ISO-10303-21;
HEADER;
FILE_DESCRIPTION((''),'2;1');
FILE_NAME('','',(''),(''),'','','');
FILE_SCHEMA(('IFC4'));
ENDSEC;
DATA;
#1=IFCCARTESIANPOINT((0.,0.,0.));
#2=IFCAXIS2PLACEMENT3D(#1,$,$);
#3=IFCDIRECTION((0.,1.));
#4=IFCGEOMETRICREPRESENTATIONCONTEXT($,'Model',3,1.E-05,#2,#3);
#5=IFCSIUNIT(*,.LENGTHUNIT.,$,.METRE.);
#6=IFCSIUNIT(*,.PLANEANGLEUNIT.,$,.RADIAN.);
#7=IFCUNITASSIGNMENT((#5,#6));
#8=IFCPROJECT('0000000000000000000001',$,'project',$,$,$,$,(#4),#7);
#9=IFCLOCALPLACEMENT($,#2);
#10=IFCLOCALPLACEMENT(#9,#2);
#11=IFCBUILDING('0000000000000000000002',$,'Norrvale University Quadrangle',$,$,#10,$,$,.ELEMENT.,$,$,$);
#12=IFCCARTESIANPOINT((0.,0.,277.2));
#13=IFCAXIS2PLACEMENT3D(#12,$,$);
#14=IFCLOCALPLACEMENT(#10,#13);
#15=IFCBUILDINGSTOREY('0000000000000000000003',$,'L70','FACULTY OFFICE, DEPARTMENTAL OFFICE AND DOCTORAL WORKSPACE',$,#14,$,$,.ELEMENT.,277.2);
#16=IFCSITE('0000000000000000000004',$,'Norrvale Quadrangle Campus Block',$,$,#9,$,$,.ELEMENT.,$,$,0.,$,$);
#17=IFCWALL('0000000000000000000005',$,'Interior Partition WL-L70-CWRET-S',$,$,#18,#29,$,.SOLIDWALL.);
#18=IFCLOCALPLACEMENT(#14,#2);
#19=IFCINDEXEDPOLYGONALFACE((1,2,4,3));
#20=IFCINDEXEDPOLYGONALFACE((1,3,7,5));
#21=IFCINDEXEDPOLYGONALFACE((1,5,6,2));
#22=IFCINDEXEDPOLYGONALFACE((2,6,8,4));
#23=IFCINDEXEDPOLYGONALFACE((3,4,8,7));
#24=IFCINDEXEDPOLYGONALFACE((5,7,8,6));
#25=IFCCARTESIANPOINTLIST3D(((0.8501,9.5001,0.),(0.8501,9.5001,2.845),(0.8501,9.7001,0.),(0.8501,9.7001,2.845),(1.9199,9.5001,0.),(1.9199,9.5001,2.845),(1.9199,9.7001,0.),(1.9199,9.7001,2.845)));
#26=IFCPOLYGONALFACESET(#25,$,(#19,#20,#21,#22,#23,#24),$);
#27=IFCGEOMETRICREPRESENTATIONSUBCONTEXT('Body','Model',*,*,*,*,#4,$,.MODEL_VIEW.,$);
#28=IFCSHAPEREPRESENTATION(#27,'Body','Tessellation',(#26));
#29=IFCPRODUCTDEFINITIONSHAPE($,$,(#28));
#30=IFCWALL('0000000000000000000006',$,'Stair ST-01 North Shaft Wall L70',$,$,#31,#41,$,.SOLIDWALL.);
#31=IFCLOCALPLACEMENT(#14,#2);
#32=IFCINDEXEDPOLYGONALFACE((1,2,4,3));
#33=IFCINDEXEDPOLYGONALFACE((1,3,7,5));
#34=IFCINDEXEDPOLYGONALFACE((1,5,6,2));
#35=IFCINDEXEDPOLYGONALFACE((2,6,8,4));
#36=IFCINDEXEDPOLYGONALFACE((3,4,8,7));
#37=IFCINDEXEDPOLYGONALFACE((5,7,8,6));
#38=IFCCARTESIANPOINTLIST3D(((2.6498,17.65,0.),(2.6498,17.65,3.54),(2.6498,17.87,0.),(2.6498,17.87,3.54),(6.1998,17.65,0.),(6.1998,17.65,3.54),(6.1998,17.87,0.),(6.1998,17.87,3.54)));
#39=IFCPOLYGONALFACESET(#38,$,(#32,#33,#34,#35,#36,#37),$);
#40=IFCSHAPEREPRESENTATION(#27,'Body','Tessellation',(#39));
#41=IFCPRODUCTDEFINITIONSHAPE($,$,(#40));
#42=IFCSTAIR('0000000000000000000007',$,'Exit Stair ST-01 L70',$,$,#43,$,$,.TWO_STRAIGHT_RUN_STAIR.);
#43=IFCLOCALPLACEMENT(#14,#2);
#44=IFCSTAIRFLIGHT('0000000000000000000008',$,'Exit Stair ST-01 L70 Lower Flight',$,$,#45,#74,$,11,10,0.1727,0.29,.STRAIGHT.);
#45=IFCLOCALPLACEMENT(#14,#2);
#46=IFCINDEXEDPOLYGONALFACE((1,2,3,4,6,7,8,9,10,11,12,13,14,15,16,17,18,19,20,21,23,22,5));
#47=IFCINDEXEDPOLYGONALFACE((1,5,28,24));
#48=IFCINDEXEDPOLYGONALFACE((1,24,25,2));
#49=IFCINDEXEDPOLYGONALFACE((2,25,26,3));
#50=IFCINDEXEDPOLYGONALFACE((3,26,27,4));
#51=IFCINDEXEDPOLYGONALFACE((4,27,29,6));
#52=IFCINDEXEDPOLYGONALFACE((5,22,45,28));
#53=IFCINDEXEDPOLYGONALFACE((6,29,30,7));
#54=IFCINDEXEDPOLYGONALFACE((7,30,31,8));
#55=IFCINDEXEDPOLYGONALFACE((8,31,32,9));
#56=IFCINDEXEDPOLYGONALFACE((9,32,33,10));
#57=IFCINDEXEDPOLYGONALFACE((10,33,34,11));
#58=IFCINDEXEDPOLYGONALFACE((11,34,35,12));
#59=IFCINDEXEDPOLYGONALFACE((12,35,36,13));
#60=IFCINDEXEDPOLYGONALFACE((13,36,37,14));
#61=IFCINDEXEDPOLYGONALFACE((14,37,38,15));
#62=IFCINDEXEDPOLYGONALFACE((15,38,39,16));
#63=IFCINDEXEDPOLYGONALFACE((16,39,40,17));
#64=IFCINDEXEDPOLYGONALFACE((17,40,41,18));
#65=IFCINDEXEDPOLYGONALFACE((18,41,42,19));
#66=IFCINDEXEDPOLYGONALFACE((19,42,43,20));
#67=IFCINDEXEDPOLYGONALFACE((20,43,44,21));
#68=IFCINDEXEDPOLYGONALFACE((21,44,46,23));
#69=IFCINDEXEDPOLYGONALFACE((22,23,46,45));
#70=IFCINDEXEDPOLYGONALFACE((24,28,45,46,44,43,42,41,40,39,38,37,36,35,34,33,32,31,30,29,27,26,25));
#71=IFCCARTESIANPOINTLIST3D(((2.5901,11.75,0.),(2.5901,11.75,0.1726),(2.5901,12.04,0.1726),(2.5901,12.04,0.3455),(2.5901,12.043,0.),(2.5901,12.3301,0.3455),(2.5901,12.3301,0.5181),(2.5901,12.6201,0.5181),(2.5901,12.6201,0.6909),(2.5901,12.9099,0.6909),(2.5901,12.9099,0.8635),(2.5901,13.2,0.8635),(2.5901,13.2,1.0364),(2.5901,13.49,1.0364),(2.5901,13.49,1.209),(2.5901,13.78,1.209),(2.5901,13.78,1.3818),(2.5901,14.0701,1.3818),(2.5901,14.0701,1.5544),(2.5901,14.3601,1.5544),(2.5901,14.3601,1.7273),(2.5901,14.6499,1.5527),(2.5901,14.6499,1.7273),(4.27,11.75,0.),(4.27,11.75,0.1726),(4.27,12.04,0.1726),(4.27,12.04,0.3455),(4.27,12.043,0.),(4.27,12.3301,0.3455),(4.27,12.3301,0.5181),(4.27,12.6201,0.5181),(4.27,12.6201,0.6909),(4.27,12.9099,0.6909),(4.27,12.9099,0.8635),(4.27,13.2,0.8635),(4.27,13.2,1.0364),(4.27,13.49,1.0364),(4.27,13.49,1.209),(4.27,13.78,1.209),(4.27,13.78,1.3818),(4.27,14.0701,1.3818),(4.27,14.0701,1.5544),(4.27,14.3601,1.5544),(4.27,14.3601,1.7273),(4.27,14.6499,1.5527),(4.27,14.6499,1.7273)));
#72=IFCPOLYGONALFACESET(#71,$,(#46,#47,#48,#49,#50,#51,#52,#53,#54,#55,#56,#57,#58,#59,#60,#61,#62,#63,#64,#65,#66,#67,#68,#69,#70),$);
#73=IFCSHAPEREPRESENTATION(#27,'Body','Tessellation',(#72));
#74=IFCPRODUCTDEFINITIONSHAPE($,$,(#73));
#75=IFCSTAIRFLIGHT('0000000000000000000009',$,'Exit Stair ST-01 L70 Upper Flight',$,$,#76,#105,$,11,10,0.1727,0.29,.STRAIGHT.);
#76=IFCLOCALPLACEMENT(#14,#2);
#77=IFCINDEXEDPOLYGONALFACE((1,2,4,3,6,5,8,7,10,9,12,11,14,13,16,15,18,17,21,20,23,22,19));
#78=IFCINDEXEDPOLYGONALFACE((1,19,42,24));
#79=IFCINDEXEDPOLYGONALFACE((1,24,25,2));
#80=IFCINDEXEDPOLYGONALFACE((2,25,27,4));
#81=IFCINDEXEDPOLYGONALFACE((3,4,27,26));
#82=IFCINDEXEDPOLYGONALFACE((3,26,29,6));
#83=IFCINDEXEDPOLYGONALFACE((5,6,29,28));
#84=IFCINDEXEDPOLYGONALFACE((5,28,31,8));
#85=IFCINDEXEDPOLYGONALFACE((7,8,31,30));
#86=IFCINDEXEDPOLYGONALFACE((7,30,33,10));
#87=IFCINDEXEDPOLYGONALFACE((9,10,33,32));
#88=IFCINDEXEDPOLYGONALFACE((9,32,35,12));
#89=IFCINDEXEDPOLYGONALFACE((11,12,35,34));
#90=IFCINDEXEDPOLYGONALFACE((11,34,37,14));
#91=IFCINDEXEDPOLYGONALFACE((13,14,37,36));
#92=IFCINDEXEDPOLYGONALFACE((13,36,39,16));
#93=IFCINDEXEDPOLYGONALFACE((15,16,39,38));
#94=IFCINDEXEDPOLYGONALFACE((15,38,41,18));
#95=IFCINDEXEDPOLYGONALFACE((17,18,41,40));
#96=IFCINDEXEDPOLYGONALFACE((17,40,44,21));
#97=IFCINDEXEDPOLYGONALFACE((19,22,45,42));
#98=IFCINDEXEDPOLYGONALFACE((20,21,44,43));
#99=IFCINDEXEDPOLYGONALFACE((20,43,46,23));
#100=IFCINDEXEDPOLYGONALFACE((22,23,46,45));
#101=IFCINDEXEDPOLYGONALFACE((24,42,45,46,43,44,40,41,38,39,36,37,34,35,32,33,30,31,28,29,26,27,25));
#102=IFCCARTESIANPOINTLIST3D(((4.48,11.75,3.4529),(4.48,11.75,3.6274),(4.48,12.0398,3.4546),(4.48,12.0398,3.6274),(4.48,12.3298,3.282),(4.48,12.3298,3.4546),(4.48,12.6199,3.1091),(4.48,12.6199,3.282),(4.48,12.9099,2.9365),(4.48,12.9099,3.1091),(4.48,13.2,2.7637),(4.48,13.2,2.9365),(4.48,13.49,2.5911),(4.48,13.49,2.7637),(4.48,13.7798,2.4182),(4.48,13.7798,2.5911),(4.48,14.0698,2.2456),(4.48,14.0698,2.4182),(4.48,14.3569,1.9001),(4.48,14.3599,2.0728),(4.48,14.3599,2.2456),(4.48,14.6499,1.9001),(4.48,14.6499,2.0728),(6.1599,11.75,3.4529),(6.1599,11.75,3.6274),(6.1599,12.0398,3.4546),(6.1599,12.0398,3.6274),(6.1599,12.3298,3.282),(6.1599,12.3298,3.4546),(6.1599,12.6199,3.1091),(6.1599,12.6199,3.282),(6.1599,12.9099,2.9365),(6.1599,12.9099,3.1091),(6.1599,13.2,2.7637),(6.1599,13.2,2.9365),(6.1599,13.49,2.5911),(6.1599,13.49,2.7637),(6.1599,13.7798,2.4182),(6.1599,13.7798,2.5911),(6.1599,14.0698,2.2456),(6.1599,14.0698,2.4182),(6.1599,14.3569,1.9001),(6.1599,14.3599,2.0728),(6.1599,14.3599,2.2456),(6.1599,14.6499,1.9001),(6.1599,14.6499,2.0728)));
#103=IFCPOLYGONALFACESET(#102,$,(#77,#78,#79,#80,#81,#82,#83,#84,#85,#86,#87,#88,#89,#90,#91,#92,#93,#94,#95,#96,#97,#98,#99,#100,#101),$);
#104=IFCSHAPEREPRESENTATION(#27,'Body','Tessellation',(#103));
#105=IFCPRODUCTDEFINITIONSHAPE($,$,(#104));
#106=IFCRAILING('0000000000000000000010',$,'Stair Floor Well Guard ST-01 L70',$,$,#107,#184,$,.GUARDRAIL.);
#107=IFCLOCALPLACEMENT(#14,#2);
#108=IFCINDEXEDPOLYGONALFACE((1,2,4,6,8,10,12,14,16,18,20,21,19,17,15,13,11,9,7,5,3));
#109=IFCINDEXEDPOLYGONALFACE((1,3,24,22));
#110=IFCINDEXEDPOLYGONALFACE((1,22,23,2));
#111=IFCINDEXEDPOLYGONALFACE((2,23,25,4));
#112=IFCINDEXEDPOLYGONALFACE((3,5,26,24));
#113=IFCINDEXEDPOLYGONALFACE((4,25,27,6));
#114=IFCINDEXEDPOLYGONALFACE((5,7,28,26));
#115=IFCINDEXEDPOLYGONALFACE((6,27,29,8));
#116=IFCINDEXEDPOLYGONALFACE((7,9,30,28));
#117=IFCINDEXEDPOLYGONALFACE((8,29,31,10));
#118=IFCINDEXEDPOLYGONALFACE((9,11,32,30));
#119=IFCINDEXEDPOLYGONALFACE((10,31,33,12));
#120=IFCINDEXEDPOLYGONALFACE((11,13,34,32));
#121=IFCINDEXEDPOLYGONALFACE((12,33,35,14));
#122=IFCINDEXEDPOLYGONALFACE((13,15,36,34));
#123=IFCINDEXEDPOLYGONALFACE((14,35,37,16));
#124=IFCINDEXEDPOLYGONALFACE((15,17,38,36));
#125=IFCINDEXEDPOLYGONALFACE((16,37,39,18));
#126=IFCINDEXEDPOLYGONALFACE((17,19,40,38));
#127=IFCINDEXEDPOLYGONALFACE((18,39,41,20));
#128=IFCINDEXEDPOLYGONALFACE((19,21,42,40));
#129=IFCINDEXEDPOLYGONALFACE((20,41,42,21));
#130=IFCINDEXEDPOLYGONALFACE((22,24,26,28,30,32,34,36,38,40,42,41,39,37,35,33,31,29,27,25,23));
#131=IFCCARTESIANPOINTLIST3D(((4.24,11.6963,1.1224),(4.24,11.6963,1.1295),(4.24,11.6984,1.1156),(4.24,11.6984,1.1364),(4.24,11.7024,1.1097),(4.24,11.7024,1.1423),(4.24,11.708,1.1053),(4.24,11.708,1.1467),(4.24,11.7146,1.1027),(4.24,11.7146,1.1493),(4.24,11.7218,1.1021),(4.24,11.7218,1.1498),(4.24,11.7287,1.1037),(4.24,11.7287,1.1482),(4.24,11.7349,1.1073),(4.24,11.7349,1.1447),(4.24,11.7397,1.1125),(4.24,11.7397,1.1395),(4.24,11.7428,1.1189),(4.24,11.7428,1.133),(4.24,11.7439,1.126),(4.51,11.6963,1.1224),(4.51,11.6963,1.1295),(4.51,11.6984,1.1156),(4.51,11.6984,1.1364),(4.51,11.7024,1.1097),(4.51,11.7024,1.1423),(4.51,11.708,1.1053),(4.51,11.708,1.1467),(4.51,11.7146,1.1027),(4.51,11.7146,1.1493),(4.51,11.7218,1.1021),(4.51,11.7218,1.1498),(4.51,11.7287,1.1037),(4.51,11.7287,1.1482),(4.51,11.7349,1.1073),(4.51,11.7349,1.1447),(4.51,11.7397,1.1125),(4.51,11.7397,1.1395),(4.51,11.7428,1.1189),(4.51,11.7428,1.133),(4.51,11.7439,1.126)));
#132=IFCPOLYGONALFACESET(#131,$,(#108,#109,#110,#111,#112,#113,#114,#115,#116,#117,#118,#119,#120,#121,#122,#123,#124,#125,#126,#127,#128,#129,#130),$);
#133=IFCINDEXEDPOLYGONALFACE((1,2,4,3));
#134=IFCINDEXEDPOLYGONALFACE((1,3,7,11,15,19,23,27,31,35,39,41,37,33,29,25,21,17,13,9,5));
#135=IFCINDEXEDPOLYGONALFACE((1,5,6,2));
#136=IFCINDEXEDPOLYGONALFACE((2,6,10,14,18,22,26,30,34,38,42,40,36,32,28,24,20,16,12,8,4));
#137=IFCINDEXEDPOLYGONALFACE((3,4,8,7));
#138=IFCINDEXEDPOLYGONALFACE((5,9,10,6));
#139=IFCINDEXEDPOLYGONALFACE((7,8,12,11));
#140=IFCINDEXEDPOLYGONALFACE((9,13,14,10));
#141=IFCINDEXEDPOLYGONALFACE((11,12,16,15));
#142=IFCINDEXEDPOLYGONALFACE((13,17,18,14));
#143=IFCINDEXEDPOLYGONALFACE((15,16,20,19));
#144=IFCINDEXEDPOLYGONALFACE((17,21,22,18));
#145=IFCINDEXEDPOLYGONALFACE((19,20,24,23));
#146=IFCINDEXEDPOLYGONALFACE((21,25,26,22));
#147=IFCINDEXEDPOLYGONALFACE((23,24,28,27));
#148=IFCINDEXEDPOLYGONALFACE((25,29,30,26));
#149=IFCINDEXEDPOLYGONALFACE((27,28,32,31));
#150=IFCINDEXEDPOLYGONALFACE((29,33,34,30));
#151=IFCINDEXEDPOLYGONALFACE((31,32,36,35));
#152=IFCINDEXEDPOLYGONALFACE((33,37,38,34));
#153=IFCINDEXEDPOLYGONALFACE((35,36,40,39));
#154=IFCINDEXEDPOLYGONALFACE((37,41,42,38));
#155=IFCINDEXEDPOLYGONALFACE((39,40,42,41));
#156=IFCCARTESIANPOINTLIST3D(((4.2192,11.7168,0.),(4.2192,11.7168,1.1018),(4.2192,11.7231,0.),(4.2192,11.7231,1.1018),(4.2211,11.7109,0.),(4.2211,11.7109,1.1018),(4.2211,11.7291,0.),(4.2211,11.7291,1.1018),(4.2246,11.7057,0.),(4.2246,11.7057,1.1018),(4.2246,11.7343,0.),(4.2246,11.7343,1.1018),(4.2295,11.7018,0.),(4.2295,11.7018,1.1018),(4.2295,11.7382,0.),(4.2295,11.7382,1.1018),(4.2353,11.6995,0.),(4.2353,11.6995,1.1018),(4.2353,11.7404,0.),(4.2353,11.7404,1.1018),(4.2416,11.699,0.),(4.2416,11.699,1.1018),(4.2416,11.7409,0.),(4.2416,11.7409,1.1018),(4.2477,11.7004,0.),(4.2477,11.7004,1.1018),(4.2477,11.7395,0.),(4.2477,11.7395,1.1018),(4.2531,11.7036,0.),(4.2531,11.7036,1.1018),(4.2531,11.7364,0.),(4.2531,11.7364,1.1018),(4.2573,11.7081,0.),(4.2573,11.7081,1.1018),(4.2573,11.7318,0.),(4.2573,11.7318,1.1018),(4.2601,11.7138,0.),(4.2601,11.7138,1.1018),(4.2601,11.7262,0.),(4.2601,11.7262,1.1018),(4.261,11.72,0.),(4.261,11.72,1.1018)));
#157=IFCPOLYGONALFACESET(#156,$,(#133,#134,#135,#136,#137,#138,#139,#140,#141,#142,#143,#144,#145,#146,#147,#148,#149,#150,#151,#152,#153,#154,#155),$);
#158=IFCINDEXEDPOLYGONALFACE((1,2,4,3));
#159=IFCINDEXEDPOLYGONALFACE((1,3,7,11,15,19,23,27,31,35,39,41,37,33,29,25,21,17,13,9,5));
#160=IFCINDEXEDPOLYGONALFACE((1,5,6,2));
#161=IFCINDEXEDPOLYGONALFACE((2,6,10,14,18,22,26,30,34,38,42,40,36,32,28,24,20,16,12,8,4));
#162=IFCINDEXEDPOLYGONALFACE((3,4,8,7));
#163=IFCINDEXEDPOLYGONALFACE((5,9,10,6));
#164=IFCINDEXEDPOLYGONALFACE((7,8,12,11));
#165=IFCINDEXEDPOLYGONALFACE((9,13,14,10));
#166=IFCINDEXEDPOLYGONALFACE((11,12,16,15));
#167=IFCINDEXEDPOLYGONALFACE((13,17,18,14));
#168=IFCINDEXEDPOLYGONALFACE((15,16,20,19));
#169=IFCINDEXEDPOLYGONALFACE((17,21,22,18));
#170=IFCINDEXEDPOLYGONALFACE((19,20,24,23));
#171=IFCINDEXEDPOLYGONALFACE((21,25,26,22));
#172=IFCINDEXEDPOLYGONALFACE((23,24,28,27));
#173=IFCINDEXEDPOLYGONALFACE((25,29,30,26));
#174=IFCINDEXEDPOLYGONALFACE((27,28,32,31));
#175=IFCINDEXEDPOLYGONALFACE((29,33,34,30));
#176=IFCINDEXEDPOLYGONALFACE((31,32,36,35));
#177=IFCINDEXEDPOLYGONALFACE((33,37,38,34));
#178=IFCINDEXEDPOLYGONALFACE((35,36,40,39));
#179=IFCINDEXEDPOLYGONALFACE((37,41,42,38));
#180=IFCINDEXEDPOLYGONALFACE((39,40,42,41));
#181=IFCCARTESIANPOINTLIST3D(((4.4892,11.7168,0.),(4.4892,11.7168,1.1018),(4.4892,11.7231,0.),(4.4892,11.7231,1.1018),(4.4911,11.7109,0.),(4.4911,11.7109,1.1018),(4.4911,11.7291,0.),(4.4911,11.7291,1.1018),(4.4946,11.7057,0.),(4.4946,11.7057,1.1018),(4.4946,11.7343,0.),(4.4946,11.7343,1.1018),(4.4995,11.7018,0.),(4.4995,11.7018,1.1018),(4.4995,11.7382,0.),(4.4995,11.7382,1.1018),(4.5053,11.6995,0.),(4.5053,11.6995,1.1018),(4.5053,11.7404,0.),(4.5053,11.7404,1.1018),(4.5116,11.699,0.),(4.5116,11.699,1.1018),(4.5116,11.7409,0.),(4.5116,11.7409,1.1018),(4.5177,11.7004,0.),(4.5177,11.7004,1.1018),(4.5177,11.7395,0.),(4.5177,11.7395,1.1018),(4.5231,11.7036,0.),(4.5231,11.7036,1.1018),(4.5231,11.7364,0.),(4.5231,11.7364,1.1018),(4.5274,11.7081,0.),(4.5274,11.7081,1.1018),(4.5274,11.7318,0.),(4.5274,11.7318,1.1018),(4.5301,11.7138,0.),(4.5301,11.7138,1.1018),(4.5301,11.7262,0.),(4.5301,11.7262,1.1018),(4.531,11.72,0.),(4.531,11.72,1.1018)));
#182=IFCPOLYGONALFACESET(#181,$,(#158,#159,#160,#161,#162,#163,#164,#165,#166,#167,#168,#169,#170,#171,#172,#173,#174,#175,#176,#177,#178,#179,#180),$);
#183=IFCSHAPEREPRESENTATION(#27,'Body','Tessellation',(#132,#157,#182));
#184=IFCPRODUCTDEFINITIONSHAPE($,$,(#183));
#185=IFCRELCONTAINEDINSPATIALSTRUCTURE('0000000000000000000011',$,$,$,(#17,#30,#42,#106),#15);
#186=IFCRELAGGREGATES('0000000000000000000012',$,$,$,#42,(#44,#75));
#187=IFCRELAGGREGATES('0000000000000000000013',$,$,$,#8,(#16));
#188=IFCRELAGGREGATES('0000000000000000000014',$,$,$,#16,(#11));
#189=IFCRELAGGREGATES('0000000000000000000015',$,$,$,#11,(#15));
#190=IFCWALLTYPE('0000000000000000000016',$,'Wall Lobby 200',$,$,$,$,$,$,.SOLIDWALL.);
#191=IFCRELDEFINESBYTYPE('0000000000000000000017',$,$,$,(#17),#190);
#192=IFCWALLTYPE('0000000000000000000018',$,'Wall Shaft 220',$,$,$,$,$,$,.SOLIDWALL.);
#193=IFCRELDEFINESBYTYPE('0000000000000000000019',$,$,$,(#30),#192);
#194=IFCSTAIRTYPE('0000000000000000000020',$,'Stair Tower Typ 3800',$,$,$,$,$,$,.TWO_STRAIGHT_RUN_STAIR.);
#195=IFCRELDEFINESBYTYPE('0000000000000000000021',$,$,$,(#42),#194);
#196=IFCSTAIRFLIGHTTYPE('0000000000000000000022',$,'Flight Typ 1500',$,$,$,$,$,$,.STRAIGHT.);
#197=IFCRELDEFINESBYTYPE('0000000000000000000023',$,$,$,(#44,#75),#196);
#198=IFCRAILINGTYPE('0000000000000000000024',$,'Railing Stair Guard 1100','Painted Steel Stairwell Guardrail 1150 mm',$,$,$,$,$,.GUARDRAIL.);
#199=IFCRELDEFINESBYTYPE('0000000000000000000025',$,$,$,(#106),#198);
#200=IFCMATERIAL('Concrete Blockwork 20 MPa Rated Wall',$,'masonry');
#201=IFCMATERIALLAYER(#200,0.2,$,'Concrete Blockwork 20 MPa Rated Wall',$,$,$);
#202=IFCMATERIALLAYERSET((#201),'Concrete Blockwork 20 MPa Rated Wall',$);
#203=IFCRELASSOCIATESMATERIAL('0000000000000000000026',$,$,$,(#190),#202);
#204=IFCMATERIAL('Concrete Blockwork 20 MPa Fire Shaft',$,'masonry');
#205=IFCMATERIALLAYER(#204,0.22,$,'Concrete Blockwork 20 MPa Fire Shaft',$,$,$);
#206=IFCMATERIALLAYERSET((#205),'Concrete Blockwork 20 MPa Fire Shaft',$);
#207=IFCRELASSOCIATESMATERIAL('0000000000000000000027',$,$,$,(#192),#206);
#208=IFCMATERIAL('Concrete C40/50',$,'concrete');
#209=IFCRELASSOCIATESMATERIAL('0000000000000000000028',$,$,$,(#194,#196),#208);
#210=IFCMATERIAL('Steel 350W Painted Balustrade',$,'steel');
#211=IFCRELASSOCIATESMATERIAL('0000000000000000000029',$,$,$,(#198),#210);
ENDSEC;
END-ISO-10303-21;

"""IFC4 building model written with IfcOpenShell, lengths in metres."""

from ifc_helpers import new_model, si_unit, direction, frame, frame_2d, origin, origin_2d, place, context, subcontext, project, spatial, polyline, rectangle, circle, outline, extrude, material, layer, layer_set, type_object, element, aggregate, save


model = new_model("IFC4")

# Units and contexts
model_context = context("Model", 3, precision=1e-05, world=origin(), true_north=direction((0.0, 1.0)))
body_context = subcontext(model_context, "Body", "Model", "MODEL_VIEW")
ifc_project = project(units=[si_unit("LENGTHUNIT", "METRE"), si_unit("PLANEANGLEUNIT", "RADIAN")], contexts=[model_context])

# Site, building, storey
site_placement = place(None, origin())
site = spatial("IfcSite", under=ifc_project, at=site_placement, Name="Norrvale Quadrangle Campus Block", CompositionType="ELEMENT", RefElevation=0.0)
building_placement = place(site_placement, origin())
building = spatial("IfcBuilding", under=site, at=building_placement, Name="Norrvale University Quadrangle", CompositionType="ELEMENT")
storey_placement = place(building_placement, frame((0.0, 0.0, 277.2)))
storey = spatial("IfcBuildingStorey", under=building, at=storey_placement, Name="L70", Description="FACULTY OFFICE, DEPARTMENTAL OFFICE AND DOCTORAL WORKSPACE", CompositionType="ELEMENT", Elevation=277.2)

# Walls
ifc_material_1 = material(Name="Concrete Blockwork 20 MPa Rated Wall", Category="masonry")
ifc_layer_1 = layer(ifc_material_1, 0.2, Name="Concrete Blockwork 20 MPa Rated Wall")
ifc_layer_set_1 = layer_set([ifc_layer_1], Name="Concrete Blockwork 20 MPa Rated Wall")
wall_type_1 = type_object("IfcWallType", Name="Wall Lobby 200", PredefinedType="SOLIDWALL", material=ifc_layer_set_1)
wall_1_placement = place(storey_placement, frame((0.8501, 9.6001, 0.0), z_axis=(0.0, 0.0, 1.0), x_axis=(1.0, 0.0, 0.0)))
element("IfcWall", 1, at=wall_1_placement, inside=storey, type_object=wall_type_1, Name="Interior Partition WL-L70-CWRET-S", PredefinedType="SOLIDWALL", context=body_context, shape_type="SweptSolid", body=[
    extrude(rectangle(XDim=1.0698, YDim=0.2, at=frame_2d((0.5349, 0.0))), origin(), (0.0, 0.0, 1.0), 2.845),
])
ifc_material_2 = material(Name="Concrete Blockwork 20 MPa Fire Shaft", Category="masonry")
ifc_layer_2 = layer(ifc_material_2, 0.22, Name="Concrete Blockwork 20 MPa Fire Shaft")
ifc_layer_set_2 = layer_set([ifc_layer_2], Name="Concrete Blockwork 20 MPa Fire Shaft")
wall_type_2 = type_object("IfcWallType", Name="Wall Shaft 220", PredefinedType="SOLIDWALL", material=ifc_layer_set_2)
wall_2_placement = place(storey_placement, frame((2.6499, 17.76, 0.0), z_axis=(0.0, 0.0, 1.0), x_axis=(1.0, 0.0, 0.0)))
element("IfcWall", 2, at=wall_2_placement, inside=storey, type_object=wall_type_2, Name="Stair ST-01 North Shaft Wall L70", PredefinedType="SOLIDWALL", context=body_context, shape_type="SweptSolid", body=[
    extrude(rectangle(XDim=3.55, YDim=0.22, at=frame_2d((1.7749, 0.0))), origin(), (0.0, 0.0, 1.0), 3.54),
])

# Stair, stair flights
ifc_material_3 = material(Name="Concrete C40/50", Category="concrete")
stair_type = type_object("IfcStairType", Name="Stair Tower Typ 3800", PredefinedType="TWO_STRAIGHT_RUN_STAIR", material=ifc_material_3)
stair_placement = place(storey_placement, origin())
stair = element("IfcStair", 3, at=stair_placement, inside=storey, type_object=stair_type, Name="Exit Stair ST-01 L70", PredefinedType="TWO_STRAIGHT_RUN_STAIR")
stair_flight_type = type_object("IfcStairFlightType", Name="Flight Typ 1500", PredefinedType="STRAIGHT", material=ifc_material_3)
stair_flight_1_placement = place(storey_placement, frame((3.4299, 11.75, 0.0), z_axis=(0.0, 0.0, 1.0), x_axis=(0.0, 1.0, 0.0)))
stair_flight_1 = element("IfcStairFlight", 4, at=stair_flight_1_placement, type_object=stair_flight_type, Name="Exit Stair ST-01 L70 Lower Flight", NumberOfRisers=11, NumberOfTreads=10, PredefinedType="STRAIGHT", RiserHeight=0.1727, TreadLength=0.29, context=body_context, shape_type="SweptSolid", body=[
    extrude(outline(polyline([(0.0, 0.0), (0.0, 0.1726), (0.29, 0.1726), (0.29, 0.3455), (0.5801, 0.3455), (0.5801, 0.5181), (0.8701, 0.5181), (0.8701, 0.6909), (1.1599, 0.6909), (1.1599, 0.8635), (1.45, 0.8635), (1.45, 1.0364), (1.74, 1.0364), (1.74, 1.209), (2.03, 1.209), (2.03, 1.3818), (2.3201, 1.3818), (2.3201, 1.5544), (2.6101, 1.5544), (2.6101, 1.7273), (2.8999, 1.7273), (2.8999, 1.8999), (2.8999, 1.5527), (0.293, 0.0), (0.0, 0.0)])), frame((0.0, 0.8398, 0.0), z_axis=(0.0, -1.0, 0.0), x_axis=(1.0, 0.0, 0.0)), (0.0, 0.0, 1.0), 1.6799),
])
stair_flight_2_placement = place(storey_placement, frame((5.3201, 14.6499, 1.9001), z_axis=(0.0, 0.0, 1.0), x_axis=(0.0, -1.0, 0.0)))
stair_flight_2 = element("IfcStairFlight", 5, at=stair_flight_2_placement, type_object=stair_flight_type, Name="Exit Stair ST-01 L70 Upper Flight", NumberOfRisers=11, NumberOfTreads=10, PredefinedType="STRAIGHT", RiserHeight=0.1727, TreadLength=0.29, context=body_context, shape_type="SweptSolid", body=[
    extrude(outline(polyline([(0.0, 0.0), (0.0, 0.1726), (0.29, 0.1726), (0.29, 0.3455), (0.5801, 0.3455), (0.5801, 0.5181), (0.8701, 0.5181), (0.8701, 0.6909), (1.1599, 0.6909), (1.1599, 0.8635), (1.45, 0.8635), (1.45, 1.0364), (1.74, 1.0364), (1.74, 1.209), (2.03, 1.209), (2.03, 1.3818), (2.3201, 1.3818), (2.3201, 1.5544), (2.6101, 1.5544), (2.6101, 1.7273), (2.8999, 1.7273), (2.8999, 1.8999), (2.8999, 1.5527), (0.293, 0.0), (0.0, 0.0)])), frame((0.0, 0.8398, 0.0), z_axis=(0.0, -1.0, 0.0), x_axis=(1.0, 0.0, 0.0)), (0.0, 0.0, 1.0), 1.6799),
])
aggregate(stair, [stair_flight_1, stair_flight_2])

# Railing
ifc_material_4 = material(Name="Steel 350W Painted Balustrade", Category="steel")
railing_type_1 = type_object("IfcRailingType", Name="Railing Stair Guard 1100", Description="Painted Steel Stairwell Guardrail 1150 mm", PredefinedType="GUARDRAIL", material=ifc_material_4)
for number, where, name in (
    (6, (4.24, 11.72, 0.0), "Stair Floor Well Guard ST-01 L70"),
):
    element("IfcRailing", number, at=place(storey_placement, frame(where)), inside=storey, type_object=railing_type_1, Name=name, PredefinedType="GUARDRAIL", context=body_context, shape_type="SweptSolid", body=[
        extrude(circle(Radius=0.0239, at=origin_2d()), frame((0.0, 0.0, 1.126), z_axis=(1.0, 0.0, 0.0), x_axis=(0.0, 1.0, 0.0)), (0.0, 0.0, 1.0), 0.27),
        extrude(circle(Radius=0.021, at=origin_2d()), origin(), (0.0, 0.0, 1.0), 1.1018),
        extrude(circle(Radius=0.021, at=origin_2d()), frame((0.27, 0.0, 0.0)), (0.0, 0.0, 1.0), 1.1018),
    ])

save(model, "model.ifc")
